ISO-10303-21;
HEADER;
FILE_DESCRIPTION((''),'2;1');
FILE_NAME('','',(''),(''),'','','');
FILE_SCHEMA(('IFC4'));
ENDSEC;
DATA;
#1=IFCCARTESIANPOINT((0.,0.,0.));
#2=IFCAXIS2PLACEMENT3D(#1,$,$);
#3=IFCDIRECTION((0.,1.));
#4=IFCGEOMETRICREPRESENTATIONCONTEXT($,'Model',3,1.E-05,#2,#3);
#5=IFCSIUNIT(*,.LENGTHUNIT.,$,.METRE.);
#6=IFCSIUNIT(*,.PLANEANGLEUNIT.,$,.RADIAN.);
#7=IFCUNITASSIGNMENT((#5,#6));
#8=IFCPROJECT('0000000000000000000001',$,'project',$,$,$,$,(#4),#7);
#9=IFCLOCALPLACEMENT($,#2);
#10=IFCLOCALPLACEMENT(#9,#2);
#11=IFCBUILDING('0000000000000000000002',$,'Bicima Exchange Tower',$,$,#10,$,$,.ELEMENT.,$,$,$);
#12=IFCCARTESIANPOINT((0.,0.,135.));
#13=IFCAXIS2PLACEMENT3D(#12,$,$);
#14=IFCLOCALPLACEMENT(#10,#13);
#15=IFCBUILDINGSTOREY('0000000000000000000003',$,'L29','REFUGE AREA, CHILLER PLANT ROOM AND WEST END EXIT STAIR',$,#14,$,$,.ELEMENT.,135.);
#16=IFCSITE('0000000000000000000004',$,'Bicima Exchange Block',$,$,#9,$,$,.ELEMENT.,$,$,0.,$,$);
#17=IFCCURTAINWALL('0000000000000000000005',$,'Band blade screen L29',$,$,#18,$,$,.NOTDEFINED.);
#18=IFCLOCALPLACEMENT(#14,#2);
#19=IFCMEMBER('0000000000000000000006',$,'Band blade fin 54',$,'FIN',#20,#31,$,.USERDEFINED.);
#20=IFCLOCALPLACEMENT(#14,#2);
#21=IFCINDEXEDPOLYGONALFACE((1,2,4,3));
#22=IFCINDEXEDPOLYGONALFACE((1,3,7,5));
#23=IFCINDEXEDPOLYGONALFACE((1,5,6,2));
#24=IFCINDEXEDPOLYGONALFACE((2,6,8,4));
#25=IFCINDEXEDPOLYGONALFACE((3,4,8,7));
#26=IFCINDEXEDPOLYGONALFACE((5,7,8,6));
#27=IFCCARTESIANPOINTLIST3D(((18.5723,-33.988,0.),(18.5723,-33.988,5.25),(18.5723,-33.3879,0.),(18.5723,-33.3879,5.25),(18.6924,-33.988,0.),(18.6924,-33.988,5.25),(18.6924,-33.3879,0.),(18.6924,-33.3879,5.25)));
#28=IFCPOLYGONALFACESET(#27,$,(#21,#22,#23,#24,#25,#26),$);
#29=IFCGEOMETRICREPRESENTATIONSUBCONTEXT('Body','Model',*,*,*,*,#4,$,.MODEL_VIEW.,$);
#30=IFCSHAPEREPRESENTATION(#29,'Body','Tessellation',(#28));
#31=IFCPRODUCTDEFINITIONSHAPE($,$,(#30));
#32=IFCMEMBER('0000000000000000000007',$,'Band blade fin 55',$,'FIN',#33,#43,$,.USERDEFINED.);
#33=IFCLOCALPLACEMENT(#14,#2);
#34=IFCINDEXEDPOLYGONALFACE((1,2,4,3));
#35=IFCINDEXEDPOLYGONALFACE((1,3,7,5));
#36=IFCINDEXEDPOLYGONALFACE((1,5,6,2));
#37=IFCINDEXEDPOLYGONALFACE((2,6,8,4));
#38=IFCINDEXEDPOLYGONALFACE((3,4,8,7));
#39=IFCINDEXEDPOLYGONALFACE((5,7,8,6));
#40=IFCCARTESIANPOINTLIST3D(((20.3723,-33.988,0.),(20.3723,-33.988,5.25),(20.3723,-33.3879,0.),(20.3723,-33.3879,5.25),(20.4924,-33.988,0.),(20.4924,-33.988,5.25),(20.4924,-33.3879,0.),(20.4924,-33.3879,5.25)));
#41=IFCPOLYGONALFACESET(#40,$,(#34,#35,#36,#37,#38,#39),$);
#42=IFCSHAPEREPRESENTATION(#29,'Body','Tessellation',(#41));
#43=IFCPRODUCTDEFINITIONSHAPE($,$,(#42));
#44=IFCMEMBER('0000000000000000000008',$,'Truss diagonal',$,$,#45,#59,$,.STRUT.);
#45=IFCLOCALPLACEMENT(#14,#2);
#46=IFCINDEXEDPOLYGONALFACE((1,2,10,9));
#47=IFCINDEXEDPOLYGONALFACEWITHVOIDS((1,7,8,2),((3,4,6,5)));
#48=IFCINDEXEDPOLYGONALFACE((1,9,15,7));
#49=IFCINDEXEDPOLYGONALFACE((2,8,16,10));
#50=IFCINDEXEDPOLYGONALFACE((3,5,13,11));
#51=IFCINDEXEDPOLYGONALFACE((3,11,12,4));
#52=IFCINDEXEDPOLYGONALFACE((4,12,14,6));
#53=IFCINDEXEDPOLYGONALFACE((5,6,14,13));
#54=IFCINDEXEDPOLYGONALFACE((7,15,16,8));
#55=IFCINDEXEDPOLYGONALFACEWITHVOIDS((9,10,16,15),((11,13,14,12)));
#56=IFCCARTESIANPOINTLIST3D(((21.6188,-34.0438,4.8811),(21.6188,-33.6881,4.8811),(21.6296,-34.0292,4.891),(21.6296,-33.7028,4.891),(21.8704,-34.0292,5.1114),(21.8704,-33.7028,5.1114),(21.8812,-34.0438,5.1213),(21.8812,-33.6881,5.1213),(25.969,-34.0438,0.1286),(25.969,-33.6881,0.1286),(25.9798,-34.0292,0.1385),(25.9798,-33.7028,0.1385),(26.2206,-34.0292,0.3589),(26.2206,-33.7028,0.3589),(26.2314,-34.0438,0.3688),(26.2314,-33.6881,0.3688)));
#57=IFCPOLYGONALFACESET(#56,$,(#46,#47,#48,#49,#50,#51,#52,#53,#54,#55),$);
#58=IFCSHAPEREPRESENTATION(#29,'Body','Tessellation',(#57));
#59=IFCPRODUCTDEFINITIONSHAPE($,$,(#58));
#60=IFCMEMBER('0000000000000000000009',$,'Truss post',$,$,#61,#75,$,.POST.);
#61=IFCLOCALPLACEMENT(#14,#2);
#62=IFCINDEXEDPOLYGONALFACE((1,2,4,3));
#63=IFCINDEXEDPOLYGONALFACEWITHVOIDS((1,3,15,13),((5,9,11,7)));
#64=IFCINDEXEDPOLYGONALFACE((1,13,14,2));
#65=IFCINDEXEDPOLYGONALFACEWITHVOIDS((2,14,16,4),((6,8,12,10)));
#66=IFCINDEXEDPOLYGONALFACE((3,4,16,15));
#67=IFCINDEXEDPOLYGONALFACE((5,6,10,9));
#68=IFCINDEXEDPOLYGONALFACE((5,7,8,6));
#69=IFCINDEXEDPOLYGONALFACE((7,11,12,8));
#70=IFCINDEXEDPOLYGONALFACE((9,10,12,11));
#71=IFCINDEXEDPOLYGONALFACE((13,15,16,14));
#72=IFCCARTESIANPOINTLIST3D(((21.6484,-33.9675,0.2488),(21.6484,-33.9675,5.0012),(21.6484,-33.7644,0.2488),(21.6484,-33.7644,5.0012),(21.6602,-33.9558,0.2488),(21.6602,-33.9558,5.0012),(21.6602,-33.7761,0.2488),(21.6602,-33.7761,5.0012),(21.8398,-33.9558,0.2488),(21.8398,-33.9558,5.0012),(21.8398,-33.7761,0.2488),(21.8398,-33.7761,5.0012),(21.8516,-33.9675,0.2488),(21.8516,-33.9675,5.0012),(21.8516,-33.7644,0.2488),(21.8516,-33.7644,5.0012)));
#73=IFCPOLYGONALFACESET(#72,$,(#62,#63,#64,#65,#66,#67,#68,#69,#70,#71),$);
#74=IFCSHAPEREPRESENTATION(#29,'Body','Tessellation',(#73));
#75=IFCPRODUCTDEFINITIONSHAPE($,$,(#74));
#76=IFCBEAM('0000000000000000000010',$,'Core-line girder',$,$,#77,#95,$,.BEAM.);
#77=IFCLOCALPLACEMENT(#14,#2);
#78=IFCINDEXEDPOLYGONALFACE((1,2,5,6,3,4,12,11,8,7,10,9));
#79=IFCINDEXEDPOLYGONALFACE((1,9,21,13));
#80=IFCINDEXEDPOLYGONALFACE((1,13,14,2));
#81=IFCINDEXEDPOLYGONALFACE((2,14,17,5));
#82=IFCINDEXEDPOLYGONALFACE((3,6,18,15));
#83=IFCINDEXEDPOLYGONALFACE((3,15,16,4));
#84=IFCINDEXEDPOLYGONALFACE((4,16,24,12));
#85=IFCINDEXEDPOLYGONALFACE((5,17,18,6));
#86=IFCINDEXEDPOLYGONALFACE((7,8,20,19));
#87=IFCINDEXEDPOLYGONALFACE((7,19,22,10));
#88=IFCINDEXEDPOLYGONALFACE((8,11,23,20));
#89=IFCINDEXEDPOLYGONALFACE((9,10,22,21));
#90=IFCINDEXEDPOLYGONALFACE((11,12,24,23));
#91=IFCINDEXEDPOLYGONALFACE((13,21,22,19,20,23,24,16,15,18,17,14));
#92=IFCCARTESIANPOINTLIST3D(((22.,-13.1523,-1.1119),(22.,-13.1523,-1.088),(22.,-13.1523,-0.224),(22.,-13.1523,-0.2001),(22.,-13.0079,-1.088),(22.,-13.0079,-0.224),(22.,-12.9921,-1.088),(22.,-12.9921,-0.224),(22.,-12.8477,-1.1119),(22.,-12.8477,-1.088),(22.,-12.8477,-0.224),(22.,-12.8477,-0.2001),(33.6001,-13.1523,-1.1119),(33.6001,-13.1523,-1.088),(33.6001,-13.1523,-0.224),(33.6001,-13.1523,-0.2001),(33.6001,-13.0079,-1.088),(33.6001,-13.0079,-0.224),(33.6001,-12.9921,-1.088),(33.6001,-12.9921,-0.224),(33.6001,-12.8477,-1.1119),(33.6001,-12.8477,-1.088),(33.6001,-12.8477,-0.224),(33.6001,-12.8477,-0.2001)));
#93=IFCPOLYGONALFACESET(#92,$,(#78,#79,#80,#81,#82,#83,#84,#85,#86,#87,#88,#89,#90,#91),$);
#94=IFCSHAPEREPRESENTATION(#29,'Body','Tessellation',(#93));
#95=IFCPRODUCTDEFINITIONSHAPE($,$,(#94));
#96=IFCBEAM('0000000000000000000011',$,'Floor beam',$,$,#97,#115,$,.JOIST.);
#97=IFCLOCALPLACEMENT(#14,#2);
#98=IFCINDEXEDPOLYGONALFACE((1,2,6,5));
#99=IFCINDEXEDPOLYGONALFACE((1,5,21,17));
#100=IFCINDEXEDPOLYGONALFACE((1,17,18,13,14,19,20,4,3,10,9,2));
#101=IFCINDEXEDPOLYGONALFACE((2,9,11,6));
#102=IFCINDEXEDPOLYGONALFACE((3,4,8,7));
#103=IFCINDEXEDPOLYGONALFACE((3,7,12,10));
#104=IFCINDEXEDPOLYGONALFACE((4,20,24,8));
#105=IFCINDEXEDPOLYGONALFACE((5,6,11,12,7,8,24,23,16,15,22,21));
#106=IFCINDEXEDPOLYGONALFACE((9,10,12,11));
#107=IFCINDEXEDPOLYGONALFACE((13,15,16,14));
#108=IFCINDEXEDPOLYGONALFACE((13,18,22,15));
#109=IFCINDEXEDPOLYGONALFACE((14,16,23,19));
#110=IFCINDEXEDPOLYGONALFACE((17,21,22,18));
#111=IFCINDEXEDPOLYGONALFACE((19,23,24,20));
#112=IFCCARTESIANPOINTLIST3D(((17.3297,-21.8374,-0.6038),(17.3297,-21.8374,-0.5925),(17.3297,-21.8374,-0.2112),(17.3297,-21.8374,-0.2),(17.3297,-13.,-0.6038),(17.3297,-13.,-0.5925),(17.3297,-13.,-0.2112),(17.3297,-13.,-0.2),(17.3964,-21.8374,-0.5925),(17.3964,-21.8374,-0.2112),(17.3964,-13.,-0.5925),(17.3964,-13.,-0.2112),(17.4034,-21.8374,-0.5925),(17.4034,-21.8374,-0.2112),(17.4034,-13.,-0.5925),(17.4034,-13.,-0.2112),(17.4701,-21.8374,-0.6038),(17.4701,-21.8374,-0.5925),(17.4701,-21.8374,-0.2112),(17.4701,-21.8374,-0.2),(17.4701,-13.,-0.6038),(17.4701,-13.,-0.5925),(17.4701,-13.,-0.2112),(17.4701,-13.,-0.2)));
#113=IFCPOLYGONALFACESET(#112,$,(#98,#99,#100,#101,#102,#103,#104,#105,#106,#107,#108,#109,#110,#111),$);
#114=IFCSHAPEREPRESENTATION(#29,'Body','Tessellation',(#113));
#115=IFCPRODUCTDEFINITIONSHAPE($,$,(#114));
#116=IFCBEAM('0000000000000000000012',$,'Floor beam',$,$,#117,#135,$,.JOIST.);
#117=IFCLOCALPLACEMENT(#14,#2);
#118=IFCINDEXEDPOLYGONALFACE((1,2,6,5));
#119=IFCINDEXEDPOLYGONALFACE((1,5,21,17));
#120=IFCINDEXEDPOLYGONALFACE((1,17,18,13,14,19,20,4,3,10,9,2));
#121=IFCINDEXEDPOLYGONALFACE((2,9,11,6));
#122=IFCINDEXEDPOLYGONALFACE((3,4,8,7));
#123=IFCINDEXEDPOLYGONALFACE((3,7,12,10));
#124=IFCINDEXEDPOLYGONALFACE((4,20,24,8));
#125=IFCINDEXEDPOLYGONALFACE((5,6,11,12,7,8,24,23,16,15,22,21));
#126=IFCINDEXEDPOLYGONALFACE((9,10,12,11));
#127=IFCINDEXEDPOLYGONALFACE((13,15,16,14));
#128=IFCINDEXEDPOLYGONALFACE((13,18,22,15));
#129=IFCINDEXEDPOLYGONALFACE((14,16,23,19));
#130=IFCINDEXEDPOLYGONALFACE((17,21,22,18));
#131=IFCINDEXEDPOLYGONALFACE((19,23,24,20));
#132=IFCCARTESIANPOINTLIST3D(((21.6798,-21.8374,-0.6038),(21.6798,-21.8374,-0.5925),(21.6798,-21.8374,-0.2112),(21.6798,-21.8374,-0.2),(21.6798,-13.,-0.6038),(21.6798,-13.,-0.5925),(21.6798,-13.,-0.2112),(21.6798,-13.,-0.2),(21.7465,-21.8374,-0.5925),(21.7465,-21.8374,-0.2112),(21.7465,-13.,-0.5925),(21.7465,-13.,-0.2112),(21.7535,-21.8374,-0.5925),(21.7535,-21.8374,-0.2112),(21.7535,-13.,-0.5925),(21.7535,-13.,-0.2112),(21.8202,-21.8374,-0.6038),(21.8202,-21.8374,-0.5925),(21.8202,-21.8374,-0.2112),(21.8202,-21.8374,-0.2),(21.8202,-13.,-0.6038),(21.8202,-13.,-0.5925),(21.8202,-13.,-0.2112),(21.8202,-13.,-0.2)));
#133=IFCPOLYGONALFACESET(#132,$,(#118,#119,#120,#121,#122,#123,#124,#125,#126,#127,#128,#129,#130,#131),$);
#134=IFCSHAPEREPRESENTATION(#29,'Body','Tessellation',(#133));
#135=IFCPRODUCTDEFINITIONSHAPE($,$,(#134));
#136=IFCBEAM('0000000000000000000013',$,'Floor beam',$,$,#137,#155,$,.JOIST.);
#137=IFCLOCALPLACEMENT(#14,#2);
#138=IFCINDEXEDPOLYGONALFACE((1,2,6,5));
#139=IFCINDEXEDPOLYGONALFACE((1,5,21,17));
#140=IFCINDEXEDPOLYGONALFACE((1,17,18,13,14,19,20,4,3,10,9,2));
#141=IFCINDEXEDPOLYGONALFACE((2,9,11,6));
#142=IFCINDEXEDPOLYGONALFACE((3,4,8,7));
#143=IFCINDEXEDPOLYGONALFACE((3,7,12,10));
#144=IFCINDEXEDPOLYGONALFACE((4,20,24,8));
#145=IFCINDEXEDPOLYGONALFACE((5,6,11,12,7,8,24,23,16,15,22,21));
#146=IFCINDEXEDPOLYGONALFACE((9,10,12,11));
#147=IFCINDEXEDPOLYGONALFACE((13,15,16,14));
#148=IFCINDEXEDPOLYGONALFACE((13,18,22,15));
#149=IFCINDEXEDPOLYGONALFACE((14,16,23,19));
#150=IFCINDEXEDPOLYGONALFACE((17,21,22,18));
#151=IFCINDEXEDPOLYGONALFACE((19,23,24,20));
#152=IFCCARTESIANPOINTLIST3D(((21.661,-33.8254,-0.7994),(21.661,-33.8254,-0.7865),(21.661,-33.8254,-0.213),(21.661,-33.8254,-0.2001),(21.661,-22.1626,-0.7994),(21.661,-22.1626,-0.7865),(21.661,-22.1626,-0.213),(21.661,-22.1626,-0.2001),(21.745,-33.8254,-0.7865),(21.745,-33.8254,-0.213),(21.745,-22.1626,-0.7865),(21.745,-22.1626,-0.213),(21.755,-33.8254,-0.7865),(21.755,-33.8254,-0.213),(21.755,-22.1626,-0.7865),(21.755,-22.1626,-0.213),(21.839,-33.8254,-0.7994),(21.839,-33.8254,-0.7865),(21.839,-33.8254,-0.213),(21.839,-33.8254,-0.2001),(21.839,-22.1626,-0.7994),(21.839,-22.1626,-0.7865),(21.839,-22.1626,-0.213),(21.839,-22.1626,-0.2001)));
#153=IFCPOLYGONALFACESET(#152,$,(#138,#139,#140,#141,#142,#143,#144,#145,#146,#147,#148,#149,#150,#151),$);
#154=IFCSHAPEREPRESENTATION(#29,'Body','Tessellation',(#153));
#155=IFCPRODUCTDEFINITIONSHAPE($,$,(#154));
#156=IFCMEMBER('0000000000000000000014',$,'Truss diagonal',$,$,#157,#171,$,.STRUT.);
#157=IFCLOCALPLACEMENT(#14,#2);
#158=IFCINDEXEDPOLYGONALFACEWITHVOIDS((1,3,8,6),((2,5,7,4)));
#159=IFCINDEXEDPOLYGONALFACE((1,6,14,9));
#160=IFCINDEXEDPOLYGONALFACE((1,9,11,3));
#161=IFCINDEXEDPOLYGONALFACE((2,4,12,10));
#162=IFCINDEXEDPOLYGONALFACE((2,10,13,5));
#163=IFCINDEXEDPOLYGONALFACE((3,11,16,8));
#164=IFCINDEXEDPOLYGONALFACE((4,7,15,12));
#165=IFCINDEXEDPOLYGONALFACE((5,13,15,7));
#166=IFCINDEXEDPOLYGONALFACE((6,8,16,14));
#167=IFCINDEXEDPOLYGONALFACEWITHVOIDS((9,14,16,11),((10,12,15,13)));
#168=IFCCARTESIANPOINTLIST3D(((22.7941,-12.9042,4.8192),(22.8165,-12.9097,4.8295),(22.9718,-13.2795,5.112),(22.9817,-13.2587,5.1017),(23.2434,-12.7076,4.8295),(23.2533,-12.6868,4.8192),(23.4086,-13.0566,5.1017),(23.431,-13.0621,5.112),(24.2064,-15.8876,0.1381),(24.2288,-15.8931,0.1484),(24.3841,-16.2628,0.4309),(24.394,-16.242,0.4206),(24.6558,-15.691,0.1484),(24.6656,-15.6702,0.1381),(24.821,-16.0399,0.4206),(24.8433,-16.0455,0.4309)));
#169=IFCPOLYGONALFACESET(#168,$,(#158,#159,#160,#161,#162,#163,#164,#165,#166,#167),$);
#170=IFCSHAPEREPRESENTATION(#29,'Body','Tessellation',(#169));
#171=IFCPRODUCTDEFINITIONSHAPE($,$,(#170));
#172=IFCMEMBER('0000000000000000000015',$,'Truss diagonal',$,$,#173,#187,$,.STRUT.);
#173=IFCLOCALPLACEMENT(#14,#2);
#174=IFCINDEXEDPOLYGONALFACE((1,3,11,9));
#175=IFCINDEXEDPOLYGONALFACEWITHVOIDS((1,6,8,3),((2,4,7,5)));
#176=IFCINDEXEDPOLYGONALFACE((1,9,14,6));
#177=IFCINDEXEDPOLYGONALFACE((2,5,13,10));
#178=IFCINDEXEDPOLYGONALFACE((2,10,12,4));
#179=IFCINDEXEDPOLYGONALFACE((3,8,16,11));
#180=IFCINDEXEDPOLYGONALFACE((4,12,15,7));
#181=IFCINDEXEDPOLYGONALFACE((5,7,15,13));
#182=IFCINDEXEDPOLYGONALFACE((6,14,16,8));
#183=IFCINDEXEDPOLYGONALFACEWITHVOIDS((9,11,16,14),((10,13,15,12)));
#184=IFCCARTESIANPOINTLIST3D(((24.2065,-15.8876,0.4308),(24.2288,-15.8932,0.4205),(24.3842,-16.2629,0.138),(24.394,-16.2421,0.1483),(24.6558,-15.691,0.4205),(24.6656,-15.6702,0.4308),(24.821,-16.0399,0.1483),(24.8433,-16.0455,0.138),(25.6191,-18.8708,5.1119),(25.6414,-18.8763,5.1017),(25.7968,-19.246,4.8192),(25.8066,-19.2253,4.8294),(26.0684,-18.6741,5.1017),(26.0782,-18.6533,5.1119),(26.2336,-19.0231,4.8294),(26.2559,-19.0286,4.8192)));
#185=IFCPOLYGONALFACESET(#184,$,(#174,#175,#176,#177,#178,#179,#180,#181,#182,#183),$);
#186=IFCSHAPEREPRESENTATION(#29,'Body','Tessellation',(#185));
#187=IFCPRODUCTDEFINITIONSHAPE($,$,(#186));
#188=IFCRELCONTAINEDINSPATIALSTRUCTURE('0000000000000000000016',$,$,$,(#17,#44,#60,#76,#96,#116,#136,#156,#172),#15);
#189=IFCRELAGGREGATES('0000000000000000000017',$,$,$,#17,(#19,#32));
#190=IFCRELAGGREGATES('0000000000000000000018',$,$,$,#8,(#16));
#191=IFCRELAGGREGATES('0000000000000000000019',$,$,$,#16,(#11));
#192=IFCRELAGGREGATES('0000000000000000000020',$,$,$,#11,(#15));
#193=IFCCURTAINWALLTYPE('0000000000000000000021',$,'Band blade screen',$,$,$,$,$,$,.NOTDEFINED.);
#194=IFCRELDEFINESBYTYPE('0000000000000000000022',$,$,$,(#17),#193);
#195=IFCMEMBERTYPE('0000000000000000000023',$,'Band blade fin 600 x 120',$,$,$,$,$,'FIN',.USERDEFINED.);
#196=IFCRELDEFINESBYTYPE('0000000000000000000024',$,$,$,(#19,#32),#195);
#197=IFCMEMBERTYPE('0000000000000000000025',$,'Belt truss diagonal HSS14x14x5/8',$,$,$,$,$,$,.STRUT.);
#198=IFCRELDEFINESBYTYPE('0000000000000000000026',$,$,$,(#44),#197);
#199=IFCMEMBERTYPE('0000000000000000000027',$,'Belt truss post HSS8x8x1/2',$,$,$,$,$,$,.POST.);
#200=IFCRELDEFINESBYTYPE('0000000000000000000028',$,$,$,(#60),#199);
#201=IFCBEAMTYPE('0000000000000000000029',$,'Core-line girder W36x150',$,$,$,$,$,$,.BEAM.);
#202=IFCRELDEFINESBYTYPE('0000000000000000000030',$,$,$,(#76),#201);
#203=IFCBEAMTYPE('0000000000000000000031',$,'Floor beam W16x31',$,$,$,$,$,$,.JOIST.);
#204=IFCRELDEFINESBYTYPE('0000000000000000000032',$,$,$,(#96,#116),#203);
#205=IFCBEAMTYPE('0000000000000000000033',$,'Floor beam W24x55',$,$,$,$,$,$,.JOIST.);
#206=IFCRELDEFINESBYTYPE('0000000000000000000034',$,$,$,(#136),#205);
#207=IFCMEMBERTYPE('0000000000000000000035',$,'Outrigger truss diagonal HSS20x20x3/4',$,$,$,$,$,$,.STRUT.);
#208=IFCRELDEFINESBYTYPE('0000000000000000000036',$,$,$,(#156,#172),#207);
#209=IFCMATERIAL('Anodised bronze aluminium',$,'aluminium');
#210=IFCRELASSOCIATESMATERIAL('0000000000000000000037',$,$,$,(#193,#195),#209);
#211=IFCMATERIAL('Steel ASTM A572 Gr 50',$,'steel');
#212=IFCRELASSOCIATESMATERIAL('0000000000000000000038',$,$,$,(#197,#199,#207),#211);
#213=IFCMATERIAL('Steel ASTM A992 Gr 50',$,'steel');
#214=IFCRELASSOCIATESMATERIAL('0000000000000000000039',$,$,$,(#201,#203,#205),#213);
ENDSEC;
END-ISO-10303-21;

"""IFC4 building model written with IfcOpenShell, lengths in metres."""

from ifc_helpers import new_model, si_unit, direction, frame, origin, origin_2d, place, context, subcontext, project, spatial, rectangle, hollow_rectangle, i_section, extrude, material, material_profile, profile_set, type_object, element, aggregate, save


model = new_model("IFC4")

# Units and contexts
model_context = context("Model", 3, precision=1e-05, world=origin(), true_north=direction((0.0, 1.0)))
body_context = subcontext(model_context, "Body", "Model", "MODEL_VIEW")
ifc_project = project(units=[si_unit("LENGTHUNIT", "METRE"), si_unit("PLANEANGLEUNIT", "RADIAN")], contexts=[model_context])

# Site, building, storey
site_placement = place(None, origin())
site = spatial("IfcSite", under=ifc_project, at=site_placement, Name="Bicima Exchange Block", CompositionType="ELEMENT", RefElevation=0.0)
building_placement = place(site_placement, origin())
building = spatial("IfcBuilding", under=site, at=building_placement, Name="Bicima Exchange Tower", CompositionType="ELEMENT")
storey_placement = place(building_placement, frame((0.0, 0.0, 135.0)))
storey = spatial("IfcBuildingStorey", under=building, at=storey_placement, Name="L29", Description="REFUGE AREA, CHILLER PLANT ROOM AND WEST END EXIT STAIR", CompositionType="ELEMENT", Elevation=135.0)

# Curtain wall, members
ifc_material_1 = material(Name="Anodised bronze aluminium", Category="aluminium")
curtain_wall_type = type_object("IfcCurtainWallType", Name="Band blade screen", PredefinedType="NOTDEFINED", material=ifc_material_1)
curtain_wall_placement = place(storey_placement, origin())
curtain_wall = element("IfcCurtainWall", 1, at=curtain_wall_placement, inside=storey, type_object=curtain_wall_type, Name="Band blade screen L29", PredefinedType="NOTDEFINED")
ifc_material_profile_1 = material_profile(ifc_material_1, rectangle(XDim=0.6001, YDim=0.1201, at=origin_2d()))
ifc_profile_set_1 = profile_set([ifc_material_profile_1], Name="Anodised bronze aluminium")
member_type_1 = type_object("IfcMemberType", Name="Band blade fin 600 x 120", ElementType="FIN", PredefinedType="USERDEFINED", material=ifc_profile_set_1)
member_1_placement = place(storey_placement, frame((18.6323, -33.688, 0.0), z_axis=(0.0, 0.0, 1.0), x_axis=(0.0, 1.0, 0.0)))
member_1 = element("IfcMember", 2, at=member_1_placement, type_object=member_type_1, Name="Band blade fin 54", ObjectType="FIN", PredefinedType="USERDEFINED", context=body_context, shape_type="SweptSolid", body=[
    extrude(rectangle(XDim=0.6001, YDim=0.1201, at=origin_2d()), origin(), (0.0, 0.0, 1.0), 5.25),
])
member_2_placement = place(storey_placement, frame((20.4324, -33.688, 0.0), z_axis=(0.0, 0.0, 1.0), x_axis=(0.0, 1.0, 0.0)))
member_2 = element("IfcMember", 3, at=member_2_placement, type_object=member_type_1, Name="Band blade fin 55", ObjectType="FIN", PredefinedType="USERDEFINED", context=body_context, shape_type="SweptSolid", body=[
    extrude(rectangle(XDim=0.6001, YDim=0.1201, at=origin_2d()), origin(), (0.0, 0.0, 1.0), 5.25),
])
aggregate(curtain_wall, [member_1, member_2])

# Members
ifc_material_2 = material(Name="Steel ASTM A572 Gr 50", Category="steel")
ifc_material_profile_2 = material_profile(ifc_material_2, hollow_rectangle(XDim=0.3557, YDim=0.3557, WallThickness=0.0146, at=origin_2d()))
ifc_profile_set_2 = profile_set([ifc_material_profile_2], Name="Steel ASTM A572 Gr 50")
member_type_2 = type_object("IfcMemberType", Name="Belt truss diagonal HSS14x14x5/8", PredefinedType="STRUT", material=ifc_profile_set_2)
member_3_placement = place(storey_placement, frame((21.75, -33.866, 5.0012), z_axis=(0.675193, 0.0, -0.737642), x_axis=(0.0, 1.0, 0.0)))
element("IfcMember", 4, at=member_3_placement, inside=storey, type_object=member_type_2, Name="Truss diagonal", PredefinedType="STRUT", context=body_context, shape_type="SweptSolid", body=[
    extrude(hollow_rectangle(XDim=0.3557, YDim=0.3557, WallThickness=0.0146, at=origin_2d()), origin(), (0.0, 0.0, 1.0), 6.4429),
])
ifc_material_profile_3 = material_profile(ifc_material_2, hollow_rectangle(XDim=0.2031, YDim=0.2031, WallThickness=0.0117, at=origin_2d()))
ifc_profile_set_3 = profile_set([ifc_material_profile_3], Name="Steel ASTM A572 Gr 50")
member_type_3 = type_object("IfcMemberType", Name="Belt truss post HSS8x8x1/2", PredefinedType="POST", material=ifc_profile_set_3)
member_4_placement = place(storey_placement, frame((21.75, -33.866, 0.2488), z_axis=(0.0, 0.0, 1.0), x_axis=(1.0, 0.0, 0.0)))
element("IfcMember", 5, at=member_4_placement, inside=storey, type_object=member_type_3, Name="Truss post", PredefinedType="POST", context=body_context, shape_type="SweptSolid", body=[
    extrude(hollow_rectangle(XDim=0.2031, YDim=0.2031, WallThickness=0.0117, at=origin_2d()), origin(), (0.0, 0.0, 1.0), 4.7524),
])

# Beams
ifc_material_3 = material(Name="Steel ASTM A992 Gr 50", Category="steel")
ifc_material_profile_4 = material_profile(ifc_material_3, i_section(OverallWidth=0.3047, OverallDepth=0.9119, WebThickness=0.0159, FlangeThickness=0.0239, at=origin_2d()))
ifc_profile_set_4 = profile_set([ifc_material_profile_4], Name="Steel ASTM A992 Gr 50")
beam_type_1 = type_object("IfcBeamType", Name="Core-line girder W36x150", PredefinedType="BEAM", material=ifc_profile_set_4)
beam_1_placement = place(storey_placement, frame((22.0, -13.0, -0.656), z_axis=(1.0, 0.0, 0.0), x_axis=(0.0, 1.0, 0.0)))
element("IfcBeam", 6, at=beam_1_placement, inside=storey, type_object=beam_type_1, Name="Core-line girder", PredefinedType="BEAM", context=body_context, shape_type="SweptSolid", body=[
    extrude(i_section(OverallWidth=0.3047, OverallDepth=0.9119, WebThickness=0.0159, FlangeThickness=0.0239, at=origin_2d()), origin(), (0.0, 0.0, 1.0), 11.6001),
])
ifc_material_profile_5 = material_profile(ifc_material_3, i_section(OverallWidth=0.1404, OverallDepth=0.4038, WebThickness=0.0071, FlangeThickness=0.0112, at=origin_2d()))
ifc_profile_set_5 = profile_set([ifc_material_profile_5], Name="Steel ASTM A992 Gr 50")
beam_type_2 = type_object("IfcBeamType", Name="Floor beam W16x31", PredefinedType="JOIST", material=ifc_profile_set_5)
for number, where, z_axis, x_axis, name in (
    (7, (17.3999, -13.0, -0.4019), (0.0, -1.0, 0.0), (1.0, 0.0, 0.0), "Floor beam"),
    (8, (21.75, -13.0, -0.4019), (0.0, -1.0, 0.0), (1.0, 0.0, 0.0), "Floor beam"),
):
    element("IfcBeam", number, at=place(storey_placement, frame(where, z_axis=z_axis, x_axis=x_axis)), inside=storey, type_object=beam_type_2, Name=name, PredefinedType="JOIST", context=body_context, shape_type="SweptSolid", body=[
        extrude(i_section(OverallWidth=0.1404, OverallDepth=0.4038, WebThickness=0.0071, FlangeThickness=0.0112, at=origin_2d()), origin(), (0.0, 0.0, 1.0), 8.8374),
    ])
ifc_material_profile_6 = material_profile(ifc_material_3, i_section(OverallWidth=0.178, OverallDepth=0.5994, WebThickness=0.01, FlangeThickness=0.0129, at=origin_2d()))
ifc_profile_set_6 = profile_set([ifc_material_profile_6], Name="Steel ASTM A992 Gr 50")
beam_type_3 = type_object("IfcBeamType", Name="Floor beam W24x55", PredefinedType="JOIST", material=ifc_profile_set_6)
beam_2_placement = place(storey_placement, frame((21.75, -22.1626, -0.4998), z_axis=(0.0, -1.0, 0.0), x_axis=(1.0, 0.0, 0.0)))
element("IfcBeam", 9, at=beam_2_placement, inside=storey, type_object=beam_type_3, Name="Floor beam", PredefinedType="JOIST", context=body_context, shape_type="SweptSolid", body=[
    extrude(i_section(OverallWidth=0.178, OverallDepth=0.5994, WebThickness=0.01, FlangeThickness=0.0129, at=origin_2d()), origin(), (0.0, 0.0, 1.0), 11.6628),
])

# Members
ifc_material_profile_7 = material_profile(ifc_material_2, hollow_rectangle(XDim=0.5081, YDim=0.5081, WallThickness=0.0178, at=origin_2d()))
ifc_profile_set_7 = profile_set([ifc_material_profile_7], Name="Steel ASTM A572 Gr 50")
member_type_4 = type_object("IfcMemberType", Name="Outrigger truss diagonal HSS20x20x3/4", PredefinedType="STRUT", material=ifc_profile_set_7)
for number, where, z_axis, x_axis, name in (
    (10, (23.1125, -12.9832, 4.9656), (0.246575, -0.520856, -0.817258), (0.903836, 0.42788, 0.0), "Truss diagonal"),
    (11, (24.5249, -15.9666, 0.2844), (0.246621, -0.520819, 0.817267), (0.903794, 0.427969, 0.0), "Truss diagonal"),
):
    element("IfcMember", number, at=place(storey_placement, frame(where, z_axis=z_axis, x_axis=x_axis)), inside=storey, type_object=member_type_4, Name=name, PredefinedType="STRUT", context=body_context, shape_type="SweptSolid", body=[
        extrude(hollow_rectangle(XDim=0.5081, YDim=0.5081, WallThickness=0.0178, at=origin_2d()), origin(), (0.0, 0.0, 1.0), 5.7278),
    ])

save(model, "model.ifc")
